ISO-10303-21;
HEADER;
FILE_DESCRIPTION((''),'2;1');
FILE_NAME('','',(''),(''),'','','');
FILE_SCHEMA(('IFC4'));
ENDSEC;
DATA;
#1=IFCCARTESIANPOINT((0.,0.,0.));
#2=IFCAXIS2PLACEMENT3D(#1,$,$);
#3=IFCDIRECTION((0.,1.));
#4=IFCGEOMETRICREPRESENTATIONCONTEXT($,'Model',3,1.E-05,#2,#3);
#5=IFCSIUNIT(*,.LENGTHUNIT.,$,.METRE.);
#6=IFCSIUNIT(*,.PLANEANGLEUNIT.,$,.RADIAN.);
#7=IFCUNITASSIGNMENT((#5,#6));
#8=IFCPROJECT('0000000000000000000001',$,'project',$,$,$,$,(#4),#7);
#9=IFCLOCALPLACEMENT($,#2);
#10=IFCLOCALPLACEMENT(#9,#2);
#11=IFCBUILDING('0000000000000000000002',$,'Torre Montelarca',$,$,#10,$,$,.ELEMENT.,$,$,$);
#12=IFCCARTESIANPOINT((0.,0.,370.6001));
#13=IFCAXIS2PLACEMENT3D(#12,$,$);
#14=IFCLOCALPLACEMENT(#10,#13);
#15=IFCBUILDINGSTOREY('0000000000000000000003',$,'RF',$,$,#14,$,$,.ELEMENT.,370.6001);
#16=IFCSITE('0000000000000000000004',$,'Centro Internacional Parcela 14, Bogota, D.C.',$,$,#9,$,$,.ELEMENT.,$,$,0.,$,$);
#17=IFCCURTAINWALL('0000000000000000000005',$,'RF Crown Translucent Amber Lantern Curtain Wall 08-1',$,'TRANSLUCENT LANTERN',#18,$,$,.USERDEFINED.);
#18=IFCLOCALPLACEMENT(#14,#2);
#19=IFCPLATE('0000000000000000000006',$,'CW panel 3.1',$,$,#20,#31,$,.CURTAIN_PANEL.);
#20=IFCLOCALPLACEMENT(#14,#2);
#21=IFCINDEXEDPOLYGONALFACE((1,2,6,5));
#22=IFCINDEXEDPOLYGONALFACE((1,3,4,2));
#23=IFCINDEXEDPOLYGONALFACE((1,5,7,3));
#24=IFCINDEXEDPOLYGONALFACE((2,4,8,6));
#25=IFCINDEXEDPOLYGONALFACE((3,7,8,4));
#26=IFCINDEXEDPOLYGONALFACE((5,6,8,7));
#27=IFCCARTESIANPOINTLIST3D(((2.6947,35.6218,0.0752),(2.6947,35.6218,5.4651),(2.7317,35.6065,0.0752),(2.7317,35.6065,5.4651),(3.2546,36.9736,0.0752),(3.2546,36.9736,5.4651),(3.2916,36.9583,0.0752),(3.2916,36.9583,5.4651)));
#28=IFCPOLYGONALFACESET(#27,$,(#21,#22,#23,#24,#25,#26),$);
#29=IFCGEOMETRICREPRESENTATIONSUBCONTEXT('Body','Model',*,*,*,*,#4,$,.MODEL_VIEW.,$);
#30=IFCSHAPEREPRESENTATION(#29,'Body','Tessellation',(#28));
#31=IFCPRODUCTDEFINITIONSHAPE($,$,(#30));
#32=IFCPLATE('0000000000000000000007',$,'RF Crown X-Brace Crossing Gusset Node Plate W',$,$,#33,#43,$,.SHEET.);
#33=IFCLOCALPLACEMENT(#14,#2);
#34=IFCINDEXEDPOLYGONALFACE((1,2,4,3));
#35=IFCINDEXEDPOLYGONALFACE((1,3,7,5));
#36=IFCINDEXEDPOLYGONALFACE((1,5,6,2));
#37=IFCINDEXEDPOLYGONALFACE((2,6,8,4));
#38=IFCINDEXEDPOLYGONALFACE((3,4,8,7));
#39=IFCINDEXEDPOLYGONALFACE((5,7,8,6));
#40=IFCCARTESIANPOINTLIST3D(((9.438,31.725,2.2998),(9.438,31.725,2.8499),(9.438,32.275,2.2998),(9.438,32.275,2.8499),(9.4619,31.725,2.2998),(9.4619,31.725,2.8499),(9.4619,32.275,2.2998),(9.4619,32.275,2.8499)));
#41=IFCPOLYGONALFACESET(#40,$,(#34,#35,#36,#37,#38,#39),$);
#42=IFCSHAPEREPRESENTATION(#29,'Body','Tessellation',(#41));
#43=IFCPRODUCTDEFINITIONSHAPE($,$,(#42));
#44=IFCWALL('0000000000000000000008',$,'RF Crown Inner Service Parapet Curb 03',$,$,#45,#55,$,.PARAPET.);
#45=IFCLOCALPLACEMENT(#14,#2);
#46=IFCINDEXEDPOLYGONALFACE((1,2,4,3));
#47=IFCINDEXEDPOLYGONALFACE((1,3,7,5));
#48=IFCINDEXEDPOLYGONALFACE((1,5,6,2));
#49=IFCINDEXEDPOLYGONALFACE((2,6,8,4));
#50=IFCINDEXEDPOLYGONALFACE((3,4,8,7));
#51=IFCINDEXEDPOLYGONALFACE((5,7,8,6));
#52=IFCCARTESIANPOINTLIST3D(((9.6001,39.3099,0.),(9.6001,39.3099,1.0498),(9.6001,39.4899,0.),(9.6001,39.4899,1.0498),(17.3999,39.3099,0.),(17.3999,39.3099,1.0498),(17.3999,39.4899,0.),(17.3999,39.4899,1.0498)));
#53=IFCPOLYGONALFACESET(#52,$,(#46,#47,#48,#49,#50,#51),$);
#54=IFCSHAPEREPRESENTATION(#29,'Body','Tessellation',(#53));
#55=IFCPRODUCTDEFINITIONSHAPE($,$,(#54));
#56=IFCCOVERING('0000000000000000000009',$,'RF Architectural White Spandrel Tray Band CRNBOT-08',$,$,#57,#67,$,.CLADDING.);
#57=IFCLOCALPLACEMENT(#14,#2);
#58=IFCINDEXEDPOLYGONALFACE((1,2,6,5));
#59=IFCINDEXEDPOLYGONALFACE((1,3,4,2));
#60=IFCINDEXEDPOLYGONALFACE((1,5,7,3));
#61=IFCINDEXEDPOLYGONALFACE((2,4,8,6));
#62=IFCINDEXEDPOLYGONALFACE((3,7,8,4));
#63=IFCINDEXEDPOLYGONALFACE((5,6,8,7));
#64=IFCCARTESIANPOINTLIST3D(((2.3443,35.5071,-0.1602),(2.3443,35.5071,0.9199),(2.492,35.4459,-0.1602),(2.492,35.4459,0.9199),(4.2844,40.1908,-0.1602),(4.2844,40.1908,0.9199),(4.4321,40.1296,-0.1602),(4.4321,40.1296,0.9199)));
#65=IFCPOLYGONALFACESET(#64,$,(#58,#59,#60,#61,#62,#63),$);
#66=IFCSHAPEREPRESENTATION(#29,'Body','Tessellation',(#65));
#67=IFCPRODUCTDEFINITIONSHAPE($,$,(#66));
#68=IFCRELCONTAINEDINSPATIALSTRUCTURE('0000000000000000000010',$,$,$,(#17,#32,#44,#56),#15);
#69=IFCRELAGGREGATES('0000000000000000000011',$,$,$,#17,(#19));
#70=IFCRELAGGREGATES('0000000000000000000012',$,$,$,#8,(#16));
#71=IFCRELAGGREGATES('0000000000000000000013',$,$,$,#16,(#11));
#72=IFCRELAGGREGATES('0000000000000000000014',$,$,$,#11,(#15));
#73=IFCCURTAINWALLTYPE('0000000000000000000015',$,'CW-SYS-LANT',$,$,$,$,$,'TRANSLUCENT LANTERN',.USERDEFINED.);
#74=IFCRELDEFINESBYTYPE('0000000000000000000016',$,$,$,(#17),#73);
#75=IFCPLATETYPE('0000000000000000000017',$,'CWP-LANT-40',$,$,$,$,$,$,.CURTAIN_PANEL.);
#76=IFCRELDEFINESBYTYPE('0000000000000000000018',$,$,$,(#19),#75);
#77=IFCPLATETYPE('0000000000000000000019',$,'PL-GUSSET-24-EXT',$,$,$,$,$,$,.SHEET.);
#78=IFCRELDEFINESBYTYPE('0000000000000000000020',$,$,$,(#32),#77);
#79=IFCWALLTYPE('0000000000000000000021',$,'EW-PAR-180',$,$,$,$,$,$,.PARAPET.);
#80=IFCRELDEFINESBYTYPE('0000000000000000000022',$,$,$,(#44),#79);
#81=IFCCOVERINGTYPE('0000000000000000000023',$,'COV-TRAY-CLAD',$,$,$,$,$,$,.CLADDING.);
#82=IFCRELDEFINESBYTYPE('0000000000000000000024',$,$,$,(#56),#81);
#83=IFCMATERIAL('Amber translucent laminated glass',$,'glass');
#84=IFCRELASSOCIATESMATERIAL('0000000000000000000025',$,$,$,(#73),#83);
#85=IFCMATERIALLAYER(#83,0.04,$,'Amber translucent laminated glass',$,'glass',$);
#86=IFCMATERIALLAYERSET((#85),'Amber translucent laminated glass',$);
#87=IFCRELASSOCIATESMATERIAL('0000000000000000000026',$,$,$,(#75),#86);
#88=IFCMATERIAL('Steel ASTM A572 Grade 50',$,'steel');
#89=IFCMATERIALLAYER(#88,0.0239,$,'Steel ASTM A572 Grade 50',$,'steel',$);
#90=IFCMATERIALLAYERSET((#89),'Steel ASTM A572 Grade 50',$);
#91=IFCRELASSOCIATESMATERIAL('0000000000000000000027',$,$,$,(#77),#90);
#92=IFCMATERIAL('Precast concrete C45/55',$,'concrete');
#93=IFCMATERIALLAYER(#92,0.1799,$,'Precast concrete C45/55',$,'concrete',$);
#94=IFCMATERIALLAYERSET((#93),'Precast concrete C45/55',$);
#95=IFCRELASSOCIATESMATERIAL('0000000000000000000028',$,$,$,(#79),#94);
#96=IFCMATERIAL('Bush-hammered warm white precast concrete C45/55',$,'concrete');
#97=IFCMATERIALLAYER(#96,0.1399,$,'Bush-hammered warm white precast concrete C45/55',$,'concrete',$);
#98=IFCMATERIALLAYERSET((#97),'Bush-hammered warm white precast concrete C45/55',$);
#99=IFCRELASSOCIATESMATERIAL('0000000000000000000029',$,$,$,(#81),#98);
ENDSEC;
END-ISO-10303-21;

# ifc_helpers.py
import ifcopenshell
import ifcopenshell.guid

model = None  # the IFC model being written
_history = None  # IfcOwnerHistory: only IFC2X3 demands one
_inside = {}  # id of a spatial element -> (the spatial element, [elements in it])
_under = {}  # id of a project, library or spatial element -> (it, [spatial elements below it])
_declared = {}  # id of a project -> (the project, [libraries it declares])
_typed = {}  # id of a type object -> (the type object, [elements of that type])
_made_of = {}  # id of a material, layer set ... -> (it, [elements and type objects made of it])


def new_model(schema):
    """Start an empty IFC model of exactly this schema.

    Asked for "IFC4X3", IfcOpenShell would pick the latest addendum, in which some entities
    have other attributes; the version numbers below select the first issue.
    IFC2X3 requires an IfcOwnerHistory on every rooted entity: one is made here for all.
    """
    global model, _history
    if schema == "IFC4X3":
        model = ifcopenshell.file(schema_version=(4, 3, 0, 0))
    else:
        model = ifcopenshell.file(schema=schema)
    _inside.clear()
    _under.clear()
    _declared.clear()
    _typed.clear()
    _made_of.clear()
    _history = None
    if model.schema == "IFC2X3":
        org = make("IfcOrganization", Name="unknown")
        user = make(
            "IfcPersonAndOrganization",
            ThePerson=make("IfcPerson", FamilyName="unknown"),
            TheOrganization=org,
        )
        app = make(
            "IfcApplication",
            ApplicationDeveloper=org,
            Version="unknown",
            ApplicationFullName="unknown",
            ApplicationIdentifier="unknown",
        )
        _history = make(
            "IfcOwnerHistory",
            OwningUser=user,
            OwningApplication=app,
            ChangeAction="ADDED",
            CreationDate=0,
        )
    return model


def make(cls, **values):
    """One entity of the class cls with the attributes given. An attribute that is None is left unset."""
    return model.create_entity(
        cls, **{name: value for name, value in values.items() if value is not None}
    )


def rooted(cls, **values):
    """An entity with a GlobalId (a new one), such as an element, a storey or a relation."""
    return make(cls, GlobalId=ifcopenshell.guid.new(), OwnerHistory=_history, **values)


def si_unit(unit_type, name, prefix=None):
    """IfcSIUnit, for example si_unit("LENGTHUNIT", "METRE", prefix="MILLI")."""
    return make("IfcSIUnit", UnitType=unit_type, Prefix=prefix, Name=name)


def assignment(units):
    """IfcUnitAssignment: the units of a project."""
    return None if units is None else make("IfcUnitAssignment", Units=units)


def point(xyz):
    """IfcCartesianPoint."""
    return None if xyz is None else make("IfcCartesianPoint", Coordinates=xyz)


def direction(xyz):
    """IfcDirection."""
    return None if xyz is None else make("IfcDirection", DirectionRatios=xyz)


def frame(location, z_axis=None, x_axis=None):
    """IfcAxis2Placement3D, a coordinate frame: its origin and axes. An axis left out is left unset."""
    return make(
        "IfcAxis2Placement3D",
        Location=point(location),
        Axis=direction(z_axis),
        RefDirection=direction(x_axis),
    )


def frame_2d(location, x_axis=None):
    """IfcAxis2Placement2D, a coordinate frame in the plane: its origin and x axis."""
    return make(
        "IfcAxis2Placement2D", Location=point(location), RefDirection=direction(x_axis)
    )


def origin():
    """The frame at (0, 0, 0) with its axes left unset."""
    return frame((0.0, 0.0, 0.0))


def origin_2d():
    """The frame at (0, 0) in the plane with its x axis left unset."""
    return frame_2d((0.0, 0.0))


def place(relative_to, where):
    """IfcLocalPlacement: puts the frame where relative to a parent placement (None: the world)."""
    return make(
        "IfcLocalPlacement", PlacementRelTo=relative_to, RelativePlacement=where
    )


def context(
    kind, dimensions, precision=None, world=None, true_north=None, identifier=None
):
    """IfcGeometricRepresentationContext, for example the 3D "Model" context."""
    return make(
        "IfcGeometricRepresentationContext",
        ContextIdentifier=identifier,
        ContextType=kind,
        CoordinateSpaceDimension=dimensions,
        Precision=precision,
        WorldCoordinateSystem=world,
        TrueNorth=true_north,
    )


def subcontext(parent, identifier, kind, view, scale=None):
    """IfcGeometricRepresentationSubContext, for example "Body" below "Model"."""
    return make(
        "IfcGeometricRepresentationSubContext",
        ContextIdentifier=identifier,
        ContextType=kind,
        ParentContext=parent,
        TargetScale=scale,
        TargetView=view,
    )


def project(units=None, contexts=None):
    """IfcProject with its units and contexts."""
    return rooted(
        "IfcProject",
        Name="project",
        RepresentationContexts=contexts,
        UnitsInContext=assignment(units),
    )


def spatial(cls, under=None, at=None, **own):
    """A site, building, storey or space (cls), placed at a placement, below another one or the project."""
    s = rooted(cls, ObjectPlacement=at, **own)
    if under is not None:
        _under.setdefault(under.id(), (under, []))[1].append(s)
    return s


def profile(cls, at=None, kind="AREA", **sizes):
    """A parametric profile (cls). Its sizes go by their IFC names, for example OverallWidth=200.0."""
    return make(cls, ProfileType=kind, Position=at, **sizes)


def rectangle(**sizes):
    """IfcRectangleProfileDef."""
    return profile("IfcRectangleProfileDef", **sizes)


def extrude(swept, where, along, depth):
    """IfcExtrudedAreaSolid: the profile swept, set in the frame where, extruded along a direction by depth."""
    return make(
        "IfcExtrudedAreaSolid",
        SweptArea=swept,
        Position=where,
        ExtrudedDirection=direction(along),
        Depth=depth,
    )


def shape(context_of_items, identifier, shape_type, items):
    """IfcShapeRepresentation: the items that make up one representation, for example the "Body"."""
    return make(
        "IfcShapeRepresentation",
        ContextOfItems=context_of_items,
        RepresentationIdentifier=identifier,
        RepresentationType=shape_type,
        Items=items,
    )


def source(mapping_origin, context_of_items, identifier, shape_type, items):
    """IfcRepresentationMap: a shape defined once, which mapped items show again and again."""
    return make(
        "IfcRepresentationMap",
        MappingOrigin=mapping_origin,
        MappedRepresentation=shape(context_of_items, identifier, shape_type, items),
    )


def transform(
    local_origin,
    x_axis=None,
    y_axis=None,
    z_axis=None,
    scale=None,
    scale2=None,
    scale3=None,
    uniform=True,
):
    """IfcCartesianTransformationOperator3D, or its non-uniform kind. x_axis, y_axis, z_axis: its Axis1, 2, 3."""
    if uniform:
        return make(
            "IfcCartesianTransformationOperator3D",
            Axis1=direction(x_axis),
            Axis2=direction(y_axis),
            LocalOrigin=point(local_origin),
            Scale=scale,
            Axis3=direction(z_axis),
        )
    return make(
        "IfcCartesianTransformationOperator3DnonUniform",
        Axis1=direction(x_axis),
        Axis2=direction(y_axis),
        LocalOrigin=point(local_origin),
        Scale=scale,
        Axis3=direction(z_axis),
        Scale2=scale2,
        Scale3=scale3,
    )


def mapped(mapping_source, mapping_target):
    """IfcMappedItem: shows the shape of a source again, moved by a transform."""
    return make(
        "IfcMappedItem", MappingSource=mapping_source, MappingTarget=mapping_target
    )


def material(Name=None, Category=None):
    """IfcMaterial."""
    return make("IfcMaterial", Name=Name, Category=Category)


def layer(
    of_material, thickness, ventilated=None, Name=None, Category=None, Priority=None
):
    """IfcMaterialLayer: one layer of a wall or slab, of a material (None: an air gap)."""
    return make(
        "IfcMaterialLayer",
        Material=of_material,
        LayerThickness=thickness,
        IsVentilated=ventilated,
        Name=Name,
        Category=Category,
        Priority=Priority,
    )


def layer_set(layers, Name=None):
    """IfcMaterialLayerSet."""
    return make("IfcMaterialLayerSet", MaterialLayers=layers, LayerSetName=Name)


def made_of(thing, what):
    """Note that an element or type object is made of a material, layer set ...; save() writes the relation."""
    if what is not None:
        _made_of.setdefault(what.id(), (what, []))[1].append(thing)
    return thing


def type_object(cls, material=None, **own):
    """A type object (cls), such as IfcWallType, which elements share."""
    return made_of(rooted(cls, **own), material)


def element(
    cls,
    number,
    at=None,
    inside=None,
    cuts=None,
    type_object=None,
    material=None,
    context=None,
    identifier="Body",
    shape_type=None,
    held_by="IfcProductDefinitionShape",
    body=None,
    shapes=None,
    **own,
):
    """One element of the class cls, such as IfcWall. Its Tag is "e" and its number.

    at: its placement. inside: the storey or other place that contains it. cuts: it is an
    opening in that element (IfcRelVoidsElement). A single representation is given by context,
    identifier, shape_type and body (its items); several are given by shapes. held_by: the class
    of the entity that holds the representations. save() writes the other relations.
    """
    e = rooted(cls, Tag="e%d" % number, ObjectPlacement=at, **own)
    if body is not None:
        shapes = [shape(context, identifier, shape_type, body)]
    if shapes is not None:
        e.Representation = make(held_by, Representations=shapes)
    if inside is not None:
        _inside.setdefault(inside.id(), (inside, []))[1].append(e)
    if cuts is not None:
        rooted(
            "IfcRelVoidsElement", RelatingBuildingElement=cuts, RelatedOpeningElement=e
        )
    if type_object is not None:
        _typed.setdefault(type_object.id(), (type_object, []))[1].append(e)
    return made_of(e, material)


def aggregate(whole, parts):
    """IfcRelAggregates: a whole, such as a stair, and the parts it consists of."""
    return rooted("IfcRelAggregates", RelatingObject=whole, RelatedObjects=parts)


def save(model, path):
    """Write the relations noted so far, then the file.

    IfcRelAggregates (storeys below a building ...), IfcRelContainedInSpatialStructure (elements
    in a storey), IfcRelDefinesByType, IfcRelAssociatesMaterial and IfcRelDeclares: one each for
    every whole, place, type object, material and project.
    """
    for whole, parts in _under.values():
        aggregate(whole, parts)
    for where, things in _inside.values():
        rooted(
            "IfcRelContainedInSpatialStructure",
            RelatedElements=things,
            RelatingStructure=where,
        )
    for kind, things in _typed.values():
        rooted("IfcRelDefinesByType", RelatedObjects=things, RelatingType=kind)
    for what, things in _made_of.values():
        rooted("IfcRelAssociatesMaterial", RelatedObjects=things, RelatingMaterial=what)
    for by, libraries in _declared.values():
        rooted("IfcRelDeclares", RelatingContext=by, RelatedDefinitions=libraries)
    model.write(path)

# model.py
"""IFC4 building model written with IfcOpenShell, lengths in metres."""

from ifc_helpers import new_model, si_unit, direction, frame, frame_2d, origin, origin_2d, place, context, subcontext, project, spatial, rectangle, extrude, source, transform, mapped, material, layer, layer_set, type_object, element, aggregate, save


model = new_model("IFC4")

# Units and contexts
model_context = context("Model", 3, precision=1e-05, world=origin(), true_north=direction((0.0, 1.0)))
body_context = subcontext(model_context, "Body", "Model", "MODEL_VIEW")
ifc_project = project(units=[si_unit("LENGTHUNIT", "METRE"), si_unit("PLANEANGLEUNIT", "RADIAN")], contexts=[model_context])

# Site, building, storey
site_placement = place(None, origin())
site = spatial("IfcSite", under=ifc_project, at=site_placement, Name="Centro Internacional Parcela 14, Bogota, D.C.", CompositionType="ELEMENT", RefElevation=0.0)
building_placement = place(site_placement, origin())
building = spatial("IfcBuilding", under=site, at=building_placement, Name="Torre Montelarca", CompositionType="ELEMENT")
storey_placement = place(building_placement, frame((0.0, 0.0, 370.6001)))
storey = spatial("IfcBuildingStorey", under=building, at=storey_placement, Name="RF", CompositionType="ELEMENT", Elevation=370.6001)

# Curtain wall
ifc_material_1 = material(Name="Amber translucent laminated glass", Category="glass")
curtain_wall_type = type_object("IfcCurtainWallType", Name="CW-SYS-LANT", ElementType="TRANSLUCENT LANTERN", PredefinedType="USERDEFINED", material=ifc_material_1)
curtain_wall_1_placement = place(storey_placement, origin())
curtain_wall_1 = element("IfcCurtainWall", 1, at=curtain_wall_1_placement, inside=storey, type_object=curtain_wall_type, Name="RF Crown Translucent Amber Lantern Curtain Wall 08-1", ObjectType="TRANSLUCENT LANTERN", PredefinedType="USERDEFINED")

# Plates
ifc_layer_1 = layer(ifc_material_1, 0.04, Name="Amber translucent laminated glass", Category="glass")
ifc_layer_set_1 = layer_set([ifc_layer_1], Name="Amber translucent laminated glass")
plate_type_1 = type_object("IfcPlateType", Name="CWP-LANT-40", PredefinedType="CURTAIN_PANEL", material=ifc_layer_set_1)
shared_shape_1 = source(origin(), body_context, "Body", "SweptSolid", [
    extrude(rectangle(XDim=1.4631, YDim=0.04, at=origin_2d()), origin(), (0.0, 0.0, 1.0), 5.3899),
])
plate_1_placement = place(storey_placement, frame((2.9932, 36.29, 0.0752), z_axis=(0.0, 0.0, 1.0), x_axis=(-0.3827, -0.923873, 0.0)))
plate_1 = element("IfcPlate", 2, at=plate_1_placement, type_object=plate_type_1, Name="CW panel 3.1", PredefinedType="CURTAIN_PANEL", context=body_context, shape_type="MappedRepresentation", body=[
    mapped(shared_shape_1, transform((0.0, 0.0, 0.0), scale=1.0)),
])
aggregate(curtain_wall_1, [plate_1])
ifc_material_2 = material(Name="Steel ASTM A572 Grade 50", Category="steel")
ifc_layer_2 = layer(ifc_material_2, 0.0239, Name="Steel ASTM A572 Grade 50", Category="steel")
ifc_layer_set_2 = layer_set([ifc_layer_2], Name="Steel ASTM A572 Grade 50")
plate_type_2 = type_object("IfcPlateType", Name="PL-GUSSET-24-EXT", PredefinedType="SHEET", material=ifc_layer_set_2)
shared_shape_2 = source(origin(), body_context, "Body", "SweptSolid", [
    extrude(rectangle(XDim=0.55, YDim=0.0239, at=origin_2d()), origin(), (0.0, 0.0, 1.0), 0.55),
])
plate_2_placement = place(storey_placement, frame((9.45, 32.0, 2.2998), z_axis=(0.0, 0.0, 1.0), x_axis=(0.0, 1.0, 0.0)))
element("IfcPlate", 3, at=plate_2_placement, inside=storey, type_object=plate_type_2, Name="RF Crown X-Brace Crossing Gusset Node Plate W", PredefinedType="SHEET", context=body_context, shape_type="MappedRepresentation", body=[
    mapped(shared_shape_2, transform((0.0, 0.0, 0.0), scale=1.0)),
])

# Wall
ifc_material_3 = material(Name="Precast concrete C45/55", Category="concrete")
ifc_layer_3 = layer(ifc_material_3, 0.1799, Name="Precast concrete C45/55", Category="concrete")
ifc_layer_set_3 = layer_set([ifc_layer_3], Name="Precast concrete C45/55")
wall_type = type_object("IfcWallType", Name="EW-PAR-180", PredefinedType="PARAPET", material=ifc_layer_set_3)
wall_placement = place(storey_placement, frame((9.6001, 39.3999, 0.0), z_axis=(0.0, 0.0, 1.0), x_axis=(1.0, 0.0, 0.0)))
element("IfcWall", 4, at=wall_placement, inside=storey, type_object=wall_type, Name="RF Crown Inner Service Parapet Curb 03", PredefinedType="PARAPET", context=body_context, shape_type="SweptSolid", body=[
    extrude(rectangle(XDim=7.7998, YDim=0.1799, at=frame_2d((3.8999, 0.0))), origin(), (0.0, 0.0, 1.0), 1.0498),
])

# Covering
ifc_material_4 = material(Name="Bush-hammered warm white precast concrete C45/55", Category="concrete")
ifc_layer_4 = layer(ifc_material_4, 0.1399, Name="Bush-hammered warm white precast concrete C45/55", Category="concrete")
ifc_layer_set_4 = layer_set([ifc_layer_4], Name="Bush-hammered warm white precast concrete C45/55")
covering_type = type_object("IfcCoveringType", Name="COV-TRAY-CLAD", PredefinedType="CLADDING", material=ifc_layer_set_4)
shared_shape_3 = source(origin(), body_context, "Body", "SweptSolid", [
    extrude(rectangle(XDim=5.0696, YDim=0.1599, at=origin_2d()), origin(), (0.0, 0.0, 1.0), 1.0801),
])
covering_placement = place(storey_placement, frame((3.3882, 37.8184, -0.1602), z_axis=(0.0, 0.0, 1.0), x_axis=(-0.382691, -0.923876, 0.0)))
element("IfcCovering", 5, at=covering_placement, inside=storey, type_object=covering_type, Name="RF Architectural White Spandrel Tray Band CRNBOT-08", PredefinedType="CLADDING", context=body_context, shape_type="MappedRepresentation", body=[
    mapped(shared_shape_3, transform((0.0, 0.0, 0.0), scale=1.0)),
])

save(model, "model.ifc")
